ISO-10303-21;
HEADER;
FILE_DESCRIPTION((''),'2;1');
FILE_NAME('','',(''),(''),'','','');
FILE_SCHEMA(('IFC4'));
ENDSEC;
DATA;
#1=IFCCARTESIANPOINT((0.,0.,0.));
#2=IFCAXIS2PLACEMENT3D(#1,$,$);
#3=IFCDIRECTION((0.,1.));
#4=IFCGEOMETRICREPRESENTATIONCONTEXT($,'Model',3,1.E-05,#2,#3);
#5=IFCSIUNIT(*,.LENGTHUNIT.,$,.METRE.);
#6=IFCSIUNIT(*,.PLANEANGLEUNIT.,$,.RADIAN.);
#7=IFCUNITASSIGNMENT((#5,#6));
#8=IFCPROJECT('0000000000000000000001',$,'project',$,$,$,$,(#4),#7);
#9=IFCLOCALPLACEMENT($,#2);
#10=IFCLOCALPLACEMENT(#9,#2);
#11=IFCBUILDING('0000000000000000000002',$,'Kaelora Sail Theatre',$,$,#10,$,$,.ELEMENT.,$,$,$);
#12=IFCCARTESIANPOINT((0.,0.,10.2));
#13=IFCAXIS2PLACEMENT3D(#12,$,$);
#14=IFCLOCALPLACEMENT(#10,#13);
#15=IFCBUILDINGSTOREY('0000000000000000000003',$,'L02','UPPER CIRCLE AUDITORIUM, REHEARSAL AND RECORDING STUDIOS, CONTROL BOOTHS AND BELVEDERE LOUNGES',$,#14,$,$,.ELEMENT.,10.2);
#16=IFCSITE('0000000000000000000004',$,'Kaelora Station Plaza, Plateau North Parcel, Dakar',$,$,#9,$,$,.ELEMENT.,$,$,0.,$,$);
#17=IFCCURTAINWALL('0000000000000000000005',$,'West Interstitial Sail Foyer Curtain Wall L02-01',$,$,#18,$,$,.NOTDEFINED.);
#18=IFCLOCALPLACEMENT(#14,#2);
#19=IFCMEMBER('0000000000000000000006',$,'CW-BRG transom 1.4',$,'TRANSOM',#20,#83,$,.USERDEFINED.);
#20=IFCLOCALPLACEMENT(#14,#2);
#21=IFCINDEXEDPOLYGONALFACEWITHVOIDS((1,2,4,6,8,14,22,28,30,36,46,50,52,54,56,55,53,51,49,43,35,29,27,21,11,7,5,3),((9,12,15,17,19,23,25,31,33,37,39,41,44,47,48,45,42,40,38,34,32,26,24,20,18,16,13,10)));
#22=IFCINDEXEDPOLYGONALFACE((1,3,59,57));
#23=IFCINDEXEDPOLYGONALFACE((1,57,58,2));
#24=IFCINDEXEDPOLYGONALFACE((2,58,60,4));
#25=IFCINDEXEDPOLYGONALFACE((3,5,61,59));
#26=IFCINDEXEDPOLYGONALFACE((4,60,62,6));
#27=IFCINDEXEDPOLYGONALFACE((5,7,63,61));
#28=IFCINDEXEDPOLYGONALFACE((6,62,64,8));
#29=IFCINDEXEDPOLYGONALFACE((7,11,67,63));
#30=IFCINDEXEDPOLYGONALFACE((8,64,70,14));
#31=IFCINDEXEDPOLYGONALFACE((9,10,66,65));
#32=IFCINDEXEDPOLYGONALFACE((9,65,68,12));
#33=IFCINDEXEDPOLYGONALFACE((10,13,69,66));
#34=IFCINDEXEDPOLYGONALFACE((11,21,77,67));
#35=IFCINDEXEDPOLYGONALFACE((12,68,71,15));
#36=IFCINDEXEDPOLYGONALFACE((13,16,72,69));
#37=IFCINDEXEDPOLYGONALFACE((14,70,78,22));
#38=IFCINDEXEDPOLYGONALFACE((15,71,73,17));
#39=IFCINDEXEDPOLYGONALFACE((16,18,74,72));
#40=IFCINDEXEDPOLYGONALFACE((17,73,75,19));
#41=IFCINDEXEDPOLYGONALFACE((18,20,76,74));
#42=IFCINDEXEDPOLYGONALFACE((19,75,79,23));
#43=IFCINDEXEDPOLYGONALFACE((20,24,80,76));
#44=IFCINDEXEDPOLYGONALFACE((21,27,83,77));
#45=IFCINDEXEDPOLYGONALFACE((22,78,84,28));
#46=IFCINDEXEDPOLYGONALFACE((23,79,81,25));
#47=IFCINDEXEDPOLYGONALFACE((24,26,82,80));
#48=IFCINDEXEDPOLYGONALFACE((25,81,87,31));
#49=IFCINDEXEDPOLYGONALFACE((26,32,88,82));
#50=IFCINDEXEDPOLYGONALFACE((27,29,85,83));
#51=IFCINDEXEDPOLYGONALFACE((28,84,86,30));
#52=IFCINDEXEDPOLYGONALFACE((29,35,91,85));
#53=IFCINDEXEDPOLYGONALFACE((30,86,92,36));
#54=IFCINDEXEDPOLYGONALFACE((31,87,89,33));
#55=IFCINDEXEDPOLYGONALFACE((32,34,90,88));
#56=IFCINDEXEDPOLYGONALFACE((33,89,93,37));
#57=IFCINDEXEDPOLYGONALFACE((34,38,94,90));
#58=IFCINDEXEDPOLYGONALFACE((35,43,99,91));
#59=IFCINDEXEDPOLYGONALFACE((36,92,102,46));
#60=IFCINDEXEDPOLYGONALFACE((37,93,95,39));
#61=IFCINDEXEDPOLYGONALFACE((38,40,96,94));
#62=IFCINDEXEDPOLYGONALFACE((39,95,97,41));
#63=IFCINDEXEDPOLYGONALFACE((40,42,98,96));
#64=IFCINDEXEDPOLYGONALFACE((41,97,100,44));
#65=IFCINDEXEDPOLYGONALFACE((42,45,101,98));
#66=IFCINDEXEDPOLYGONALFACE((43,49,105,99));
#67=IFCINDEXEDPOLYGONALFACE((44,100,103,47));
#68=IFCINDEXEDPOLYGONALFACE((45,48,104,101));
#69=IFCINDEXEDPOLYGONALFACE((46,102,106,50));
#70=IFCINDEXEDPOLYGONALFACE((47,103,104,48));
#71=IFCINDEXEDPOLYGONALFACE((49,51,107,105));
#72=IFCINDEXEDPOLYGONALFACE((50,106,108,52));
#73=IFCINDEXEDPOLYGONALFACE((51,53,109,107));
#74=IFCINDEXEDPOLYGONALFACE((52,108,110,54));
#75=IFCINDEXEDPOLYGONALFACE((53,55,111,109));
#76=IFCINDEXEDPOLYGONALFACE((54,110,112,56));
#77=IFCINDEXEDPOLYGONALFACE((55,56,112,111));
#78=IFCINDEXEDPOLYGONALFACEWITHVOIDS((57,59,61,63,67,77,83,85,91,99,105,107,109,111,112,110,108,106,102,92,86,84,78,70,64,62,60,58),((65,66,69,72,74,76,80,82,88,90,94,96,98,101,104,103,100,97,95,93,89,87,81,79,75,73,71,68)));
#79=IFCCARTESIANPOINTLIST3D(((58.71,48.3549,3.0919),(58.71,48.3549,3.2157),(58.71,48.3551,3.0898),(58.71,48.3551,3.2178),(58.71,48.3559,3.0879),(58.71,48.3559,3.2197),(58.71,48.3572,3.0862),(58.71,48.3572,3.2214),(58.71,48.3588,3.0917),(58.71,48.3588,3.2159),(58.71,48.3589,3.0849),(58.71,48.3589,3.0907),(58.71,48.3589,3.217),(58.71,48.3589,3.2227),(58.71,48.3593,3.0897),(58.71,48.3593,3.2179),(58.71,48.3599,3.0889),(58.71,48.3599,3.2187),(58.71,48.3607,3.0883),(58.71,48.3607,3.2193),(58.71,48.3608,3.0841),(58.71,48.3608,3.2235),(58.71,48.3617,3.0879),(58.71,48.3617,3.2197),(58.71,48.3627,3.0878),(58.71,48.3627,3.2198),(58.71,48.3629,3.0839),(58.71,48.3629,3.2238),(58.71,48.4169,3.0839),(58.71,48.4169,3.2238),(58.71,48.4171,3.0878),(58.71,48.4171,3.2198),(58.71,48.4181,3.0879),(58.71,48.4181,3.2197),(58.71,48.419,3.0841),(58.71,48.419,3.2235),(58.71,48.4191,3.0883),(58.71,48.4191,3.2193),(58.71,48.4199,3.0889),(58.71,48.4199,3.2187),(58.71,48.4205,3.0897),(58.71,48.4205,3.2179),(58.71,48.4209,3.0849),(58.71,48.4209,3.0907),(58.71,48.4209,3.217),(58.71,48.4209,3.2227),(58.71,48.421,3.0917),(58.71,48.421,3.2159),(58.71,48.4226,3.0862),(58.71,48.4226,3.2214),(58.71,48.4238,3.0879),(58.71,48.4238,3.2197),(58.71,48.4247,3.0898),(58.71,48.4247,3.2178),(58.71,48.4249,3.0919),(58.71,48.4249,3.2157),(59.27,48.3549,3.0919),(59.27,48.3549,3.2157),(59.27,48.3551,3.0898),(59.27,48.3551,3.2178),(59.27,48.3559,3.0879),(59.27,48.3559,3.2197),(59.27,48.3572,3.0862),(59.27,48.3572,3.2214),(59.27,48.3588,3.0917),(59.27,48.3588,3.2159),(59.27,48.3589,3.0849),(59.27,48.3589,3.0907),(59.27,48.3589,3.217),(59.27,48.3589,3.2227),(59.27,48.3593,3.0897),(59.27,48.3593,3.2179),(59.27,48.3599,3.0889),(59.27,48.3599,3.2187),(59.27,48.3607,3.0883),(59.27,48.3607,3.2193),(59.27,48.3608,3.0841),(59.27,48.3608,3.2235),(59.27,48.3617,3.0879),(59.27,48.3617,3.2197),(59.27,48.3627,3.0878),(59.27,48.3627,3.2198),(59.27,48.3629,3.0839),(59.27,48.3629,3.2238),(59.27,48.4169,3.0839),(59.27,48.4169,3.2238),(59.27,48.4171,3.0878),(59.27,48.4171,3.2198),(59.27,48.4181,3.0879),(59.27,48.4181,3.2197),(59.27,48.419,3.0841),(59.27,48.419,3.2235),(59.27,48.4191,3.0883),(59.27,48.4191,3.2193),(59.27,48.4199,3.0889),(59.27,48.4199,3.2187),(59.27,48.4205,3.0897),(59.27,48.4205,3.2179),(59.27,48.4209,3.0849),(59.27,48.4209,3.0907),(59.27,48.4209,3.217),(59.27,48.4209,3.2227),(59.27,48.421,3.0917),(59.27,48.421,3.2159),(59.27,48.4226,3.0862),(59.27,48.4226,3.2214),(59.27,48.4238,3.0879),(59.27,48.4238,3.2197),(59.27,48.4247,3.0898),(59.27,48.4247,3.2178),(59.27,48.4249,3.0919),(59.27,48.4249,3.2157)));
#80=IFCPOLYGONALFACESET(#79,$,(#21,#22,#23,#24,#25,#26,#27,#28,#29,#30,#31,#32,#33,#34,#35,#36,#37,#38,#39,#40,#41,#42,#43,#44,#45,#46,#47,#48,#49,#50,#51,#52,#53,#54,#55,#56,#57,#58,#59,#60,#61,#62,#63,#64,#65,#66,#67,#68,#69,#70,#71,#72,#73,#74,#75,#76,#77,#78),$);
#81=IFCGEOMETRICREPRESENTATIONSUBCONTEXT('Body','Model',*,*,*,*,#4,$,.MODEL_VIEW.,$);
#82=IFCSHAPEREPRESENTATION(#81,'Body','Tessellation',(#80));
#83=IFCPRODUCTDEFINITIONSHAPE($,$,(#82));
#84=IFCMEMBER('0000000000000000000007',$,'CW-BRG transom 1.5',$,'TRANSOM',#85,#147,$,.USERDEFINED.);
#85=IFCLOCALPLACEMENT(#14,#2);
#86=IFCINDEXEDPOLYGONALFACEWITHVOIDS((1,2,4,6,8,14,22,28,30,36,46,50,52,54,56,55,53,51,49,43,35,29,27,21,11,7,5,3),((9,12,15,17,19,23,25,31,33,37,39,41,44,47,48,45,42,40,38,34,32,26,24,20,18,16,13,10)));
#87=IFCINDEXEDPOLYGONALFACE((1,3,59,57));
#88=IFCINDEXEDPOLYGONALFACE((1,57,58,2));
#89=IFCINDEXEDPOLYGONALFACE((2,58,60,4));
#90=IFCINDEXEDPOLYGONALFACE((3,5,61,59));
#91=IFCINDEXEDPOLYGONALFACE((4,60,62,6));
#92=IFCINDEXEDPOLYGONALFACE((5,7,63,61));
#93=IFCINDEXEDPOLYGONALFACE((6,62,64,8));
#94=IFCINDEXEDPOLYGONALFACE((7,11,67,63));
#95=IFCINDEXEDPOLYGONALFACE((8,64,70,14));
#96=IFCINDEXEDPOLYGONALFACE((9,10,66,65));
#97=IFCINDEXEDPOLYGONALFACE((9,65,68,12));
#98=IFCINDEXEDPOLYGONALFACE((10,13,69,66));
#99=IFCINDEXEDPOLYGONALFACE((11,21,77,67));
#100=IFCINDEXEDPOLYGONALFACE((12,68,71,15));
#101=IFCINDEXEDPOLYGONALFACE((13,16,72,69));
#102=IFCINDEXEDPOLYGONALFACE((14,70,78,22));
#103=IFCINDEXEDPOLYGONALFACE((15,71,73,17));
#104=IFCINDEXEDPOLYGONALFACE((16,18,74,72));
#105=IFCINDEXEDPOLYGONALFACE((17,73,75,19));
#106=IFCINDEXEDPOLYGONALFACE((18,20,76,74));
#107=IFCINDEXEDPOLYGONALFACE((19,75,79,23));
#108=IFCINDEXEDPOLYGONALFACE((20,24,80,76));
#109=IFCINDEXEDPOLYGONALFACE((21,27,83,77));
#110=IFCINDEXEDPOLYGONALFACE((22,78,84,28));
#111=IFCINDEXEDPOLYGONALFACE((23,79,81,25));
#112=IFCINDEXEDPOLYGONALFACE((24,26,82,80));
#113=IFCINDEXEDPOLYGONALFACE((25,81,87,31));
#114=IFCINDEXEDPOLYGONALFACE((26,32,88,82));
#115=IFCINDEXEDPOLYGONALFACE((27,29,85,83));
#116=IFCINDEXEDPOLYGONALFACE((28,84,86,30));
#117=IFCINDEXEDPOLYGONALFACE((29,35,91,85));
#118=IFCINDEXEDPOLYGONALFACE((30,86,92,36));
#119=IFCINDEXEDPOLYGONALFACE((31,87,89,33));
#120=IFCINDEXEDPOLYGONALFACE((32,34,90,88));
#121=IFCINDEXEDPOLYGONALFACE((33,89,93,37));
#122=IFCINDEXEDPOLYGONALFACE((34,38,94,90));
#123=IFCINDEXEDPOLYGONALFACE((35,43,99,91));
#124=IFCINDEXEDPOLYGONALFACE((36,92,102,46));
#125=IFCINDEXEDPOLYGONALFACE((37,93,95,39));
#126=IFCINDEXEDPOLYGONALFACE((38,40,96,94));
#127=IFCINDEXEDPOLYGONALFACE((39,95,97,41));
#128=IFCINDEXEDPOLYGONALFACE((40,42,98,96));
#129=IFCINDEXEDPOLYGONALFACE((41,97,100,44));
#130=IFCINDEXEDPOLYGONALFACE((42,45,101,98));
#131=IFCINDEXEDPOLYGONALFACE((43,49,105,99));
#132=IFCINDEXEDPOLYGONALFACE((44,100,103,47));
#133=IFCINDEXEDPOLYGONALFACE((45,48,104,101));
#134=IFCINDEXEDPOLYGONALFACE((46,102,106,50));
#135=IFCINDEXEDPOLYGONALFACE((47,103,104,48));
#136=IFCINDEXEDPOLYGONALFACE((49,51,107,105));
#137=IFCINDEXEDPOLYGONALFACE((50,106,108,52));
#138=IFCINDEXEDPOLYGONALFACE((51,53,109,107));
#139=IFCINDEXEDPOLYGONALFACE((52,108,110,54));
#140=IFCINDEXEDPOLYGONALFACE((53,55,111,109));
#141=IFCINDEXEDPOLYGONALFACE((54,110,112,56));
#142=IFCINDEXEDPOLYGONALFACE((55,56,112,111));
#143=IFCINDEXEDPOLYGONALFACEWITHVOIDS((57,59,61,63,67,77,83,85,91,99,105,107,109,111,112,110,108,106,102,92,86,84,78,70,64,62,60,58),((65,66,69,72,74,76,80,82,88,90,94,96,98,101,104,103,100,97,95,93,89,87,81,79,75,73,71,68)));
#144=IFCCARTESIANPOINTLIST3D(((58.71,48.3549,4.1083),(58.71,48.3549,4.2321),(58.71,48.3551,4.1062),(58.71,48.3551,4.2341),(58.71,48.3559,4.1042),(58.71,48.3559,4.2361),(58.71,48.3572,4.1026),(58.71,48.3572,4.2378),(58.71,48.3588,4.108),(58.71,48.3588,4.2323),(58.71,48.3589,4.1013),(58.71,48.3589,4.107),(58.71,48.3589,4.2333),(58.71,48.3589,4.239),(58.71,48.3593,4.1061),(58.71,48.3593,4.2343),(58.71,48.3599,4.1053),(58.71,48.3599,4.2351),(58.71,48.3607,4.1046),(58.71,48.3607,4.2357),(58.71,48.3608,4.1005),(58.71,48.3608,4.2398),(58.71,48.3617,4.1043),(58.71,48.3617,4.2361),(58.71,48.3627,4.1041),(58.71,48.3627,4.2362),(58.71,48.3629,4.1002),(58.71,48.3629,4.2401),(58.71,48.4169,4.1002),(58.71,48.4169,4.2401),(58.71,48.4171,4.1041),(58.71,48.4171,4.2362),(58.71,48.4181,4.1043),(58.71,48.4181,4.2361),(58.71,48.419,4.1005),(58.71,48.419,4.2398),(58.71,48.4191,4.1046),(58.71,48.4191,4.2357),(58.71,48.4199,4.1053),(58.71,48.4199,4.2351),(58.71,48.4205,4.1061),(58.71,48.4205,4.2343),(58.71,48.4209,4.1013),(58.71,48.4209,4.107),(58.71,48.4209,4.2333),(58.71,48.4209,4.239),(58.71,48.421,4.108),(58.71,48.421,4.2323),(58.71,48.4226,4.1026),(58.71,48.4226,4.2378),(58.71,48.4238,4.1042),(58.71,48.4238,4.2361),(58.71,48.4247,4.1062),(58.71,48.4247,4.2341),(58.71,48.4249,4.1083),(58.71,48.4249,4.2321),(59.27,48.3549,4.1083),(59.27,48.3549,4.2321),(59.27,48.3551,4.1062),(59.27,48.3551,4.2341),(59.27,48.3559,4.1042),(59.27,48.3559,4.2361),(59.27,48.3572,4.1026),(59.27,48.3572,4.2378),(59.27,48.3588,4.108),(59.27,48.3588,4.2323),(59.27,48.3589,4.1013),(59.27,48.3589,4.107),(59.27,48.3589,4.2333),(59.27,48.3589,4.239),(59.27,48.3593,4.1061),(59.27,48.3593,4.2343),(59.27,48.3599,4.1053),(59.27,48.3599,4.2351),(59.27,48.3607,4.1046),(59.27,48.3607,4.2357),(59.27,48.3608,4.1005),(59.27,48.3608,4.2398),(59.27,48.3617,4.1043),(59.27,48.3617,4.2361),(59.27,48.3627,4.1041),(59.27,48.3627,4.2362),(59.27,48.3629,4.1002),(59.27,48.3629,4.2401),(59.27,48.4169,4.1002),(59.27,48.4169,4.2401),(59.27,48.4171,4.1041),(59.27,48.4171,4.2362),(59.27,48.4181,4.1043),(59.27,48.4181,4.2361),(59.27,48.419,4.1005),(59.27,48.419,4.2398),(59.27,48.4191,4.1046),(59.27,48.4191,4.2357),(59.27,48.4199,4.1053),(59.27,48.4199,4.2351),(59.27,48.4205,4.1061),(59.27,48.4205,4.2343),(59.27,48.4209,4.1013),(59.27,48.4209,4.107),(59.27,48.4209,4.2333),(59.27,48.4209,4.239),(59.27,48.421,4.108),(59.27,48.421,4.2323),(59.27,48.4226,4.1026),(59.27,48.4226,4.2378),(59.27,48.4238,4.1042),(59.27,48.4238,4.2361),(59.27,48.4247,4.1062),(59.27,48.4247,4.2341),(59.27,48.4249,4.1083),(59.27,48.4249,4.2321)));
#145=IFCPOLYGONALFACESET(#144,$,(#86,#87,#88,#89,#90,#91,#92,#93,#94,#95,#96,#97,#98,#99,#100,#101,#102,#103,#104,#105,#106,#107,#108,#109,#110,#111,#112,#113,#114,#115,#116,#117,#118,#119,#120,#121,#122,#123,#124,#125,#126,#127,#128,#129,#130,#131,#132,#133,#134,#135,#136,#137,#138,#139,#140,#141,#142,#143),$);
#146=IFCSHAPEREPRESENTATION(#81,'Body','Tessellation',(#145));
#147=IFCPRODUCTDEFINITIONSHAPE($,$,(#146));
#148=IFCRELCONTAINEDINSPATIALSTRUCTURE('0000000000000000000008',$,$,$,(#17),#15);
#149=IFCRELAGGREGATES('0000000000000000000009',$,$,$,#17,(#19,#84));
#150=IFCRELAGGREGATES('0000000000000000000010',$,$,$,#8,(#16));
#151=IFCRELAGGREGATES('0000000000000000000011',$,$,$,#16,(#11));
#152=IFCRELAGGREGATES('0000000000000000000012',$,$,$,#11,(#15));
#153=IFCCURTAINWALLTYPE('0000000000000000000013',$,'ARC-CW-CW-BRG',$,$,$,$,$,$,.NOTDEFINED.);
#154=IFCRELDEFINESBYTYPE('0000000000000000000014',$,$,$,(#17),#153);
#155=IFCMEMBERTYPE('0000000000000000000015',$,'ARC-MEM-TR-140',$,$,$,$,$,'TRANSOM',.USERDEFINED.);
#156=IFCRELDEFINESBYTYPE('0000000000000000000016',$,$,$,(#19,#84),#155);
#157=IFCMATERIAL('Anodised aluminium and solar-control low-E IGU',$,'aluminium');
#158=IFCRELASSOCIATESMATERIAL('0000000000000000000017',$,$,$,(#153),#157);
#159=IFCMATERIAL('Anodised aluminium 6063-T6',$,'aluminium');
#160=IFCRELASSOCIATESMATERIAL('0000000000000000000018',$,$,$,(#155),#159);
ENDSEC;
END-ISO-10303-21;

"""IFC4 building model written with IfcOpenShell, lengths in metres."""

from ifc_helpers import new_model, si_unit, direction, frame, origin, origin_2d, place, context, subcontext, project, spatial, hollow_rectangle, extrude, material, material_profile, profile_set, type_object, element, aggregate, save


model = new_model("IFC4")

# Units and contexts
model_context = context("Model", 3, precision=1e-05, world=origin(), true_north=direction((0.0, 1.0)))
body_context = subcontext(model_context, "Body", "Model", "MODEL_VIEW")
ifc_project = project(units=[si_unit("LENGTHUNIT", "METRE"), si_unit("PLANEANGLEUNIT", "RADIAN")], contexts=[model_context])

# Site, building, storey
site_placement = place(None, origin())
site = spatial("IfcSite", under=ifc_project, at=site_placement, Name="Kaelora Station Plaza, Plateau North Parcel, Dakar", CompositionType="ELEMENT", RefElevation=0.0)
building_placement = place(site_placement, origin())
building = spatial("IfcBuilding", under=site, at=building_placement, Name="Kaelora Sail Theatre", CompositionType="ELEMENT")
storey_placement = place(building_placement, frame((0.0, 0.0, 10.2)))
storey = spatial("IfcBuildingStorey", under=building, at=storey_placement, Name="L02", Description="UPPER CIRCLE AUDITORIUM, REHEARSAL AND RECORDING STUDIOS, CONTROL BOOTHS AND BELVEDERE LOUNGES", CompositionType="ELEMENT", Elevation=10.2)

# Curtain wall, members
ifc_material_1 = material(Name="Anodised aluminium and solar-control low-E IGU", Category="aluminium")
curtain_wall_type = type_object("IfcCurtainWallType", Name="ARC-CW-CW-BRG", PredefinedType="NOTDEFINED", material=ifc_material_1)
curtain_wall_placement = place(storey_placement, origin())
curtain_wall = element("IfcCurtainWall", 1, at=curtain_wall_placement, inside=storey, type_object=curtain_wall_type, Name="West Interstitial Sail Foyer Curtain Wall L02-01", PredefinedType="NOTDEFINED")
ifc_material_2 = material(Name="Anodised aluminium 6063-T6", Category="aluminium")
ifc_material_profile_1 = material_profile(ifc_material_2, hollow_rectangle(XDim=0.0701, YDim=0.1399, WallThickness=0.0039, InnerFilletRadius=0.0039, OuterFilletRadius=0.0081, at=origin_2d()), Name="ALU-TRAN 70x140x4")
ifc_profile_set_1 = profile_set([ifc_material_profile_1], Name="Anodised aluminium 6063-T6")
member_type_1 = type_object("IfcMemberType", Name="ARC-MEM-TR-140", ElementType="TRANSOM", PredefinedType="USERDEFINED", material=ifc_profile_set_1)
member_1_placement = place(storey_placement, frame((58.71, 48.3899, 3.1538), z_axis=(1.0, 0.0, 0.0), x_axis=(0.0, 1.0, 0.0)))
member_1 = element("IfcMember", 2, at=member_1_placement, type_object=member_type_1, Name="CW-BRG transom 1.4", ObjectType="TRANSOM", PredefinedType="USERDEFINED", context=body_context, shape_type="SweptSolid", body=[
    extrude(hollow_rectangle(XDim=0.0701, YDim=0.1399, WallThickness=0.0039, InnerFilletRadius=0.0039, OuterFilletRadius=0.0081, at=origin_2d()), origin(), (0.0, 0.0, 1.0), 0.5601),
])
member_2_placement = place(storey_placement, frame((58.71, 48.3899, 4.1702), z_axis=(1.0, 0.0, 0.0), x_axis=(0.0, 1.0, 0.0)))
member_2 = element("IfcMember", 3, at=member_2_placement, type_object=member_type_1, Name="CW-BRG transom 1.5", ObjectType="TRANSOM", PredefinedType="USERDEFINED", context=body_context, shape_type="SweptSolid", body=[
    extrude(hollow_rectangle(XDim=0.0701, YDim=0.1399, WallThickness=0.0039, InnerFilletRadius=0.0039, OuterFilletRadius=0.0081, at=origin_2d()), origin(), (0.0, 0.0, 1.0), 0.5601),
])

aggregate(curtain_wall, [member_1, member_2])

save(model, "model.ifc")
